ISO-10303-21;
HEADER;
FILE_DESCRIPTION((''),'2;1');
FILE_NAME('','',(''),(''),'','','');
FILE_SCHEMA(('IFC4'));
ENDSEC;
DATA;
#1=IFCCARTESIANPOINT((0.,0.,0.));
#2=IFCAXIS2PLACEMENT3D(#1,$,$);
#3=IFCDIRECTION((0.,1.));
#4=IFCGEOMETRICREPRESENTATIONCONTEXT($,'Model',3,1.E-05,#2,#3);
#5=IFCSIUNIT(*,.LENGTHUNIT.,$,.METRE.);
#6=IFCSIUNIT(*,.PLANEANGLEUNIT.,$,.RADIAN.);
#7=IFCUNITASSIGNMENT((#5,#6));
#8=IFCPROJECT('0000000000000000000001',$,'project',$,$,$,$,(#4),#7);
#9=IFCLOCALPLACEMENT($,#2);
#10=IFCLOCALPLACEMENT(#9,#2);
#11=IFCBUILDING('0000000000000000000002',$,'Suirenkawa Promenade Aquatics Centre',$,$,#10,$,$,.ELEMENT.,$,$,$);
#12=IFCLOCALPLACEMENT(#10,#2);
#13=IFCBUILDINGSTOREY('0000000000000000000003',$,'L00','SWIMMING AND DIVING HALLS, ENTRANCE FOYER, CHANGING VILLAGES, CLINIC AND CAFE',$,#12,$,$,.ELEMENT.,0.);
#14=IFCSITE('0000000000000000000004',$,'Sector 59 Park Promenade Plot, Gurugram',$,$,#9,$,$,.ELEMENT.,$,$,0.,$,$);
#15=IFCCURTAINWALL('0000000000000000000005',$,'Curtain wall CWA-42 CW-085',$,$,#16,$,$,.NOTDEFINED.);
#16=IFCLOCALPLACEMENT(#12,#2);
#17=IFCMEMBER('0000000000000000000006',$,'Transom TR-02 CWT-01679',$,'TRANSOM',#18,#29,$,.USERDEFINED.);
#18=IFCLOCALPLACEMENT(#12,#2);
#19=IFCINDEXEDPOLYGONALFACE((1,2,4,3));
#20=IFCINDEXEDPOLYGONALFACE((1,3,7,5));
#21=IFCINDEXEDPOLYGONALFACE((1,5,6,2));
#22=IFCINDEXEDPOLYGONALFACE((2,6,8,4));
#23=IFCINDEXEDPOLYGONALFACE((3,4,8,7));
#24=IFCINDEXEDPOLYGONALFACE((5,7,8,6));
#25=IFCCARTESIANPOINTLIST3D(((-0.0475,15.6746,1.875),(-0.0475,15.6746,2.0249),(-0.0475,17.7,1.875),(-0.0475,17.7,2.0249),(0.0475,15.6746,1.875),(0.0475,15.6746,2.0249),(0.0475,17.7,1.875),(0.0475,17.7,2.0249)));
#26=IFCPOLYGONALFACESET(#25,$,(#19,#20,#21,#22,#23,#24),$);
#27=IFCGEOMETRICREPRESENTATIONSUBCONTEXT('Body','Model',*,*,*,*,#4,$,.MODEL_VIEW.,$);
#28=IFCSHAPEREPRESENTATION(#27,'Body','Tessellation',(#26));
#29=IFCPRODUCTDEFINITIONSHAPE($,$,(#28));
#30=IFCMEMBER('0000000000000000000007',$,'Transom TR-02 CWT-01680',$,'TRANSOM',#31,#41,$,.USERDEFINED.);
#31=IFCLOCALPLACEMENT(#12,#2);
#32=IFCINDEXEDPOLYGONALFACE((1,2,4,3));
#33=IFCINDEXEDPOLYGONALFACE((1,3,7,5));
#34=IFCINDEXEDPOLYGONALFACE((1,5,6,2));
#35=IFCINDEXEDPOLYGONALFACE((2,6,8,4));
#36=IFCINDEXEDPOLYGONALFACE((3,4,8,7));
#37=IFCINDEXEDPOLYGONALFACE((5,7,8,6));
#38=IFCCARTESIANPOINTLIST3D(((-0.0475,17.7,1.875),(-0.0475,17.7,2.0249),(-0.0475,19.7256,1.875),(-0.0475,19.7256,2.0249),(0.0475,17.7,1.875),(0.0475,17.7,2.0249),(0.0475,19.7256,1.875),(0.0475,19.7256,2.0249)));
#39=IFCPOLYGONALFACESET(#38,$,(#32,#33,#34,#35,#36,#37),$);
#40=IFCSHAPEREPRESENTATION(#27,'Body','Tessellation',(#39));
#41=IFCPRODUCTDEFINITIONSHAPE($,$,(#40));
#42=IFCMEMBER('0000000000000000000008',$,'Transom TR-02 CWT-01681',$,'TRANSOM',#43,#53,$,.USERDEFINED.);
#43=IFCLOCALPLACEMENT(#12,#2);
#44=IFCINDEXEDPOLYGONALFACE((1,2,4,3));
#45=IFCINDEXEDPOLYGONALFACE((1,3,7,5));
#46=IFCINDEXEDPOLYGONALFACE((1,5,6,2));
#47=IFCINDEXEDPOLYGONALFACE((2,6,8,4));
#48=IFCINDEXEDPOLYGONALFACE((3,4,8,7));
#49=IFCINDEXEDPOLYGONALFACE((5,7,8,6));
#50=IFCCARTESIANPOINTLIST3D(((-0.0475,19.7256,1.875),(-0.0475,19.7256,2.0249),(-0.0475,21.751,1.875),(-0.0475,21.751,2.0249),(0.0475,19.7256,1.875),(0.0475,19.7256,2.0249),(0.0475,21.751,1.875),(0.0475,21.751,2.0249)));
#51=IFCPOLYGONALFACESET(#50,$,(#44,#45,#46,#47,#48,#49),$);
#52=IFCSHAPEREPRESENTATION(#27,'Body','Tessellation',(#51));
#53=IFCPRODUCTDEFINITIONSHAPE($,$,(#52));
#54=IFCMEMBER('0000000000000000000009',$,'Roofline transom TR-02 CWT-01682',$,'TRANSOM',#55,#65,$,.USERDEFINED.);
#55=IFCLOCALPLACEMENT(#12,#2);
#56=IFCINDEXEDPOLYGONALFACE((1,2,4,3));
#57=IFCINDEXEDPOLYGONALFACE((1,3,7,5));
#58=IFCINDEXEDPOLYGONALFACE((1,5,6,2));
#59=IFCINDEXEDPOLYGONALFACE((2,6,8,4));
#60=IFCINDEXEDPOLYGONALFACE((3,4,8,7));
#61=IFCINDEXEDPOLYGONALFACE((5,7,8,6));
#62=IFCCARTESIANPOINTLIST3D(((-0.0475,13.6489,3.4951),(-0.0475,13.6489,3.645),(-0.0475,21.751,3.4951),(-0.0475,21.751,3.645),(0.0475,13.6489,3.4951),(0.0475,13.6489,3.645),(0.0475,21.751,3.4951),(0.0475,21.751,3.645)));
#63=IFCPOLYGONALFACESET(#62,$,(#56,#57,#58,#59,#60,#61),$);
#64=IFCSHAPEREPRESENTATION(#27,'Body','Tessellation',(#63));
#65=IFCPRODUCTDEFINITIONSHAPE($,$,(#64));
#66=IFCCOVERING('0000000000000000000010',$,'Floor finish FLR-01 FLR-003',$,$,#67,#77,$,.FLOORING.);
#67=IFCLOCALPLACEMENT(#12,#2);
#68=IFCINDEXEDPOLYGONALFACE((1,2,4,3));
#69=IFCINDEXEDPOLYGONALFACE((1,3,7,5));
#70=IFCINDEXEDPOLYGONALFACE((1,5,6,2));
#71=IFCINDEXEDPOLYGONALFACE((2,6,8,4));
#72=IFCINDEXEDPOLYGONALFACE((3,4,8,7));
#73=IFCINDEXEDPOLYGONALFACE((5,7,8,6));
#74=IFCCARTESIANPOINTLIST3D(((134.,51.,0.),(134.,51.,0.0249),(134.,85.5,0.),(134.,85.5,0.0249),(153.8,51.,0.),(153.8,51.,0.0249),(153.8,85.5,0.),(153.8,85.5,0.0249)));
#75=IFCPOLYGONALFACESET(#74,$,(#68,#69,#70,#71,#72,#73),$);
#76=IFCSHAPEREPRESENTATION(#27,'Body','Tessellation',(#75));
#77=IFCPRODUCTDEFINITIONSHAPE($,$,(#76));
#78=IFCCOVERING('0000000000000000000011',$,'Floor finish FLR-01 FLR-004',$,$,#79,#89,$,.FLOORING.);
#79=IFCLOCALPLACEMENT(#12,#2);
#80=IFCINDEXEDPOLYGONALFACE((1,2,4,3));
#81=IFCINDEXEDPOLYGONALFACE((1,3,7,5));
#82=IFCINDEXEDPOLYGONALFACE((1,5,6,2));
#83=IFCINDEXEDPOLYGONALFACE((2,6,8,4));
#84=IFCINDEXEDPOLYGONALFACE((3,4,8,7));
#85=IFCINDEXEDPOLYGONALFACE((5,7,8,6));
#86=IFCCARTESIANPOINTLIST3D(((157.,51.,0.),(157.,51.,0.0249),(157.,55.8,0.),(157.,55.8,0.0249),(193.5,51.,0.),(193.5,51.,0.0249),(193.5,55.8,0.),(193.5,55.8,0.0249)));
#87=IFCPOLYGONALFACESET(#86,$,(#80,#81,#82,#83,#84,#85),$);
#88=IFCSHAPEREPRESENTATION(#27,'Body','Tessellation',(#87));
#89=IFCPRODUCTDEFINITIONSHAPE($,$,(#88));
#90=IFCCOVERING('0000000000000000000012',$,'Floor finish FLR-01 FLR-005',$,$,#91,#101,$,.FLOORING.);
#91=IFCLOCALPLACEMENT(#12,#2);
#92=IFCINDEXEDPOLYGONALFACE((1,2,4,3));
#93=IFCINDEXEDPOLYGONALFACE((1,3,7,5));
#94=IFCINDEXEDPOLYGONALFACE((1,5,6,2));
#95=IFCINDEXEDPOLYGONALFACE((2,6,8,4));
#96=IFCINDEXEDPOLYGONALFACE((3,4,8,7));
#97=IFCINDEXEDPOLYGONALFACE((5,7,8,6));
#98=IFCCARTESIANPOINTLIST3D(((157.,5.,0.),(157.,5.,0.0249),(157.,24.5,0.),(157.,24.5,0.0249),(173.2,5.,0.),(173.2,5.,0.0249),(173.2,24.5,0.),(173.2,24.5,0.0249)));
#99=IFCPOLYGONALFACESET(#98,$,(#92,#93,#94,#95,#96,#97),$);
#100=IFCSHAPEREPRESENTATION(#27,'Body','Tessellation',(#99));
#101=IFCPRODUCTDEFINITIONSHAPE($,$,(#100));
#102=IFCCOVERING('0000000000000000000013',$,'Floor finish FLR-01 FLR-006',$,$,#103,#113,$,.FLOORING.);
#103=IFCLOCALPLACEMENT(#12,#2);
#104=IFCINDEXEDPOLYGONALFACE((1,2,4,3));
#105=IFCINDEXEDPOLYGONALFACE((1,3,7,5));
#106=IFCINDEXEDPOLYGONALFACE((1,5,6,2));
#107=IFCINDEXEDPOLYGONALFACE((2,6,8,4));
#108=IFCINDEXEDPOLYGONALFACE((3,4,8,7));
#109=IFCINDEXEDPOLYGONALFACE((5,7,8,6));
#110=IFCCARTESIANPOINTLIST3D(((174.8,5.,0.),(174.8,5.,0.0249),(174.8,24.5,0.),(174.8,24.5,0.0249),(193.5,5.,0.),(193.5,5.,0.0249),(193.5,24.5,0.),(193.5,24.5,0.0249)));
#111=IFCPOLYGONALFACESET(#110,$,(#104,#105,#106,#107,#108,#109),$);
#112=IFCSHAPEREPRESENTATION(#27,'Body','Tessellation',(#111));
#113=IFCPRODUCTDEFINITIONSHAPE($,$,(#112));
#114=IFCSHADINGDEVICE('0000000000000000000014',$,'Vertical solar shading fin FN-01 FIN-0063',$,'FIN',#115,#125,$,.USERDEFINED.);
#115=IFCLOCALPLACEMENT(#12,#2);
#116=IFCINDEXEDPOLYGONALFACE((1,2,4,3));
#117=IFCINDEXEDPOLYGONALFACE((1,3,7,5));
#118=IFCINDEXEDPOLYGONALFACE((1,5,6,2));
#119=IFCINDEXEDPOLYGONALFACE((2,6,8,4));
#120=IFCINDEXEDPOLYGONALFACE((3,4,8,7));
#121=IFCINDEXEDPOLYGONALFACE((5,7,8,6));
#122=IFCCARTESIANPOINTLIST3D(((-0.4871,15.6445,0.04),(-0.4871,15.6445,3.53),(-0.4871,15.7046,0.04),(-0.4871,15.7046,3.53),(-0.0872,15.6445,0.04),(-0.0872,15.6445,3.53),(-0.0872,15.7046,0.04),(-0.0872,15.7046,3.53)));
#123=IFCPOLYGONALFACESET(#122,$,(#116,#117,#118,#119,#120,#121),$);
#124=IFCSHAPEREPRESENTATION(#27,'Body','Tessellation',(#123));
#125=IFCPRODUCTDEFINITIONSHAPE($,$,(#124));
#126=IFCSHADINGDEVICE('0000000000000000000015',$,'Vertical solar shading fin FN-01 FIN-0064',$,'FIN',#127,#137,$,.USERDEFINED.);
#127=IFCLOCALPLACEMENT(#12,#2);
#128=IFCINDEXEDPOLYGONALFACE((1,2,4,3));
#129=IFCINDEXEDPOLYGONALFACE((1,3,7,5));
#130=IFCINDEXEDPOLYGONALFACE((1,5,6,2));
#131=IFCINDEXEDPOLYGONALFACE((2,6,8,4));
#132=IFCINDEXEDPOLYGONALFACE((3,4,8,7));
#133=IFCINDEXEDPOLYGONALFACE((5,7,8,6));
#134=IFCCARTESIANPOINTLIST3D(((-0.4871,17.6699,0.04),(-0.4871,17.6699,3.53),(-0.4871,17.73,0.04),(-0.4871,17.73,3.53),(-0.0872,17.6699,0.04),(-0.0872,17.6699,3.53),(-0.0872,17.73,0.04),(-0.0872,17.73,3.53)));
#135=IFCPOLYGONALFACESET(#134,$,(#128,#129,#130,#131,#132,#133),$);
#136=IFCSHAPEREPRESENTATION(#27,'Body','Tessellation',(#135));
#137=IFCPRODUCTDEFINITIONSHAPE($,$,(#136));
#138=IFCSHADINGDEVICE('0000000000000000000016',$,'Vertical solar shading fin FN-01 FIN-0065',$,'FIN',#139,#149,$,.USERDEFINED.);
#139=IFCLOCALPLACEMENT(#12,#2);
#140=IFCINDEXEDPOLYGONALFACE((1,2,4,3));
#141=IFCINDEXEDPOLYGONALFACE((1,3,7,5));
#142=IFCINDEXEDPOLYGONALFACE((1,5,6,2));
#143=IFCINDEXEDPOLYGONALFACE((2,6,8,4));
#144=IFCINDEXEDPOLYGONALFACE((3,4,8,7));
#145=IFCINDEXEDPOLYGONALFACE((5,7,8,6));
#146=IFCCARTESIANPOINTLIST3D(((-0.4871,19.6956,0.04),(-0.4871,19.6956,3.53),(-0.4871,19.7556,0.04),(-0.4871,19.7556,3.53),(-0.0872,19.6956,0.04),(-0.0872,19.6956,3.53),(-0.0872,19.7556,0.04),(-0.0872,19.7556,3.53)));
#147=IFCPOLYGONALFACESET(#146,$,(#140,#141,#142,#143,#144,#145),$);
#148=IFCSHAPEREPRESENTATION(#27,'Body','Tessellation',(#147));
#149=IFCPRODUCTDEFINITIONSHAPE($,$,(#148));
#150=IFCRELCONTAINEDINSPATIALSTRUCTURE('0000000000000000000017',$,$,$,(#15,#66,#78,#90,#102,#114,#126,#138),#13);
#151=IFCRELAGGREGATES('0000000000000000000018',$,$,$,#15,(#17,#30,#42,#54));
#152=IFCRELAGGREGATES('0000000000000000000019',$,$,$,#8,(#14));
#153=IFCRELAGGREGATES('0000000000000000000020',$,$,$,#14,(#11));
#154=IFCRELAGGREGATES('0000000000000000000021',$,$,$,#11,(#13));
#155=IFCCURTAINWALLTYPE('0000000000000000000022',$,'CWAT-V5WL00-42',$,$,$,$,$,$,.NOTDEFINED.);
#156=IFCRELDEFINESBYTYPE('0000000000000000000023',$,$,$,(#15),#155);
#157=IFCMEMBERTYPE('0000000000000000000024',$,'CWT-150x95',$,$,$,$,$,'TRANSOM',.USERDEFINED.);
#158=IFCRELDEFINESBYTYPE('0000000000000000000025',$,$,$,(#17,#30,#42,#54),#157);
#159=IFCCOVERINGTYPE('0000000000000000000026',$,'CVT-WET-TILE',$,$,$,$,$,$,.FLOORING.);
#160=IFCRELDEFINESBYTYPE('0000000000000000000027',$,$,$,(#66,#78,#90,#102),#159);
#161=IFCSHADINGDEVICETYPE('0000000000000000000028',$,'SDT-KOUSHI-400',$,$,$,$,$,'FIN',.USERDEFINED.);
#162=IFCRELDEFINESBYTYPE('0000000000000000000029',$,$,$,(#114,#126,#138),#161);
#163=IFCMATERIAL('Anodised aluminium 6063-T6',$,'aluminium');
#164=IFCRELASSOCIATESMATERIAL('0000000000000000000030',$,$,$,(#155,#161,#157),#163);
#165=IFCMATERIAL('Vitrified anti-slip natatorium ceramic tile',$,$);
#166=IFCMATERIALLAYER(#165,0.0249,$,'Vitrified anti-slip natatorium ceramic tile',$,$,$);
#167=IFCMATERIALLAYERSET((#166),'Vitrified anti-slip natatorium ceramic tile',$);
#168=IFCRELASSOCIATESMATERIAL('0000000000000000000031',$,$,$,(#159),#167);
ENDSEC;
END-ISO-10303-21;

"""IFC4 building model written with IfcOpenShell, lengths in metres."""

from ifc_helpers import new_model, si_unit, direction, frame, origin, origin_2d, place, context, subcontext, project, spatial, polyline, rectangle, outline, extrude, material, layer, layer_set, material_profile, profile_set, type_object, element, aggregate, save


model = new_model("IFC4")

# Units and contexts
model_context = context("Model", 3, precision=1e-05, world=origin(), true_north=direction((0.0, 1.0)))
body_context = subcontext(model_context, "Body", "Model", "MODEL_VIEW")
ifc_project = project(units=[si_unit("LENGTHUNIT", "METRE"), si_unit("PLANEANGLEUNIT", "RADIAN")], contexts=[model_context])

# Site, building, storey
site_placement = place(None, origin())
site = spatial("IfcSite", under=ifc_project, at=site_placement, Name="Sector 59 Park Promenade Plot, Gurugram", CompositionType="ELEMENT", RefElevation=0.0)
building_placement = place(site_placement, origin())
building = spatial("IfcBuilding", under=site, at=building_placement, Name="Suirenkawa Promenade Aquatics Centre", CompositionType="ELEMENT")
storey_placement = place(building_placement, origin())
storey = spatial("IfcBuildingStorey", under=building, at=storey_placement, Name="L00", Description="SWIMMING AND DIVING HALLS, ENTRANCE FOYER, CHANGING VILLAGES, CLINIC AND CAFE", CompositionType="ELEMENT", Elevation=0.0)

# Curtain wall, members
ifc_material_1 = material(Name="Anodised aluminium 6063-T6", Category="aluminium")
curtain_wall_type = type_object("IfcCurtainWallType", Name="CWAT-V5WL00-42", PredefinedType="NOTDEFINED", material=ifc_material_1)
curtain_wall_placement = place(storey_placement, origin())
curtain_wall = element("IfcCurtainWall", 1, at=curtain_wall_placement, inside=storey, type_object=curtain_wall_type, Name="Curtain wall CWA-42 CW-085", PredefinedType="NOTDEFINED")
ifc_material_profile_1 = material_profile(ifc_material_1, rectangle(XDim=0.095, YDim=0.1499, at=origin_2d()), Name="ALU TRAN 95x150", Category="aluminium")
ifc_profile_set_1 = profile_set([ifc_material_profile_1], Name="Anodised aluminium 6063-T6")
member_type_1 = type_object("IfcMemberType", Name="CWT-150x95", ElementType="TRANSOM", PredefinedType="USERDEFINED", material=ifc_profile_set_1)
member_1_placement = place(storey_placement, frame((0.0, 15.6746, 1.95), z_axis=(0.0, 1.0, 0.0), x_axis=(-1.0, 0.0, 0.0)))
member_1 = element("IfcMember", 2, at=member_1_placement, type_object=member_type_1, Name="Transom TR-02 CWT-01679", ObjectType="TRANSOM", PredefinedType="USERDEFINED", context=body_context, shape_type="SweptSolid", body=[
    extrude(rectangle(XDim=0.095, YDim=0.1499, at=origin_2d()), origin(), (0.0, 0.0, 1.0), 2.0254),
])
member_2_placement = place(storey_placement, frame((0.0, 17.7, 1.95), z_axis=(0.0, 1.0, 0.0), x_axis=(-1.0, 0.0, 0.0)))
member_2 = element("IfcMember", 3, at=member_2_placement, type_object=member_type_1, Name="Transom TR-02 CWT-01680", ObjectType="TRANSOM", PredefinedType="USERDEFINED", context=body_context, shape_type="SweptSolid", body=[
    extrude(rectangle(XDim=0.095, YDim=0.1499, at=origin_2d()), origin(), (0.0, 0.0, 1.0), 2.0256),
])
member_3_placement = place(storey_placement, frame((0.0, 19.7256, 1.95), z_axis=(0.0, 1.0, 0.0), x_axis=(-1.0, 0.0, 0.0)))
member_3 = element("IfcMember", 4, at=member_3_placement, type_object=member_type_1, Name="Transom TR-02 CWT-01681", ObjectType="TRANSOM", PredefinedType="USERDEFINED", context=body_context, shape_type="SweptSolid", body=[
    extrude(rectangle(XDim=0.095, YDim=0.1499, at=origin_2d()), origin(), (0.0, 0.0, 1.0), 2.0254),
])
member_4_placement = place(storey_placement, frame((0.0, 13.6489, 3.5701), z_axis=(0.0, 1.0, 0.0), x_axis=(-1.0, 0.0, 0.0)))
member_4 = element("IfcMember", 5, at=member_4_placement, type_object=member_type_1, Name="Roofline transom TR-02 CWT-01682", ObjectType="TRANSOM", PredefinedType="USERDEFINED", context=body_context, shape_type="SweptSolid", body=[
    extrude(rectangle(XDim=0.095, YDim=0.1499, at=origin_2d()), origin(), (0.0, 0.0, 1.0), 8.1021),
])
aggregate(curtain_wall, [member_1, member_2, member_3, member_4])

# Coverings
ifc_material_2 = material(Name="Vitrified anti-slip natatorium ceramic tile")
ifc_layer_1 = layer(ifc_material_2, 0.0249, Name="Vitrified anti-slip natatorium ceramic tile")
ifc_layer_set_1 = layer_set([ifc_layer_1], Name="Vitrified anti-slip natatorium ceramic tile")
covering_type = type_object("IfcCoveringType", Name="CVT-WET-TILE", PredefinedType="FLOORING", material=ifc_layer_set_1)
covering_1_placement = place(storey_placement, origin())
element("IfcCovering", 6, at=covering_1_placement, inside=storey, type_object=covering_type, Name="Floor finish FLR-01 FLR-003", PredefinedType="FLOORING", context=body_context, shape_type="SweptSolid", body=[
    extrude(outline(polyline([(134.0, 51.0), (153.8, 51.0), (153.8, 85.5), (134.0, 85.5), (134.0, 51.0)])), origin(), (0.0, 0.0, 1.0), 0.0249),
])
covering_2_placement = place(storey_placement, origin())
element("IfcCovering", 7, at=covering_2_placement, inside=storey, type_object=covering_type, Name="Floor finish FLR-01 FLR-004", PredefinedType="FLOORING", context=body_context, shape_type="SweptSolid", body=[
    extrude(outline(polyline([(157.0, 51.0), (193.5, 51.0), (193.5, 55.8), (157.0, 55.8), (157.0, 51.0)])), origin(), (0.0, 0.0, 1.0), 0.0249),
])
covering_3_placement = place(storey_placement, origin())
element("IfcCovering", 8, at=covering_3_placement, inside=storey, type_object=covering_type, Name="Floor finish FLR-01 FLR-005", PredefinedType="FLOORING", context=body_context, shape_type="SweptSolid", body=[
    extrude(outline(polyline([(157.0, 5.0), (173.2, 5.0), (173.2, 24.5), (157.0, 24.5), (157.0, 5.0)])), origin(), (0.0, 0.0, 1.0), 0.0249),
])
covering_4_placement = place(storey_placement, origin())
element("IfcCovering", 9, at=covering_4_placement, inside=storey, type_object=covering_type, Name="Floor finish FLR-01 FLR-006", PredefinedType="FLOORING", context=body_context, shape_type="SweptSolid", body=[
    extrude(outline(polyline([(174.8, 5.0), (193.5, 5.0), (193.5, 24.5), (174.8, 24.5), (174.8, 5.0)])), origin(), (0.0, 0.0, 1.0), 0.0249),
])

# Shading devices
shading_device_type = type_object("IfcShadingDeviceType", Name="SDT-KOUSHI-400", ElementType="FIN", PredefinedType="USERDEFINED", material=ifc_material_1)
for number, where, z_axis, x_axis, name in (
    (10, (-0.2871, 15.6746, 0.04), (0.0, 0.0, 1.0), (-1.0, 0.0, 0.0), "Vertical solar shading fin FN-01 FIN-0063"),
    (11, (-0.2871, 17.7, 0.04), (0.0, 0.0, 1.0), (-1.0, 0.0, 0.0), "Vertical solar shading fin FN-01 FIN-0064"),
    (12, (-0.2871, 19.7256, 0.04), (0.0, 0.0, 1.0), (-1.0, 0.0, 0.0), "Vertical solar shading fin FN-01 FIN-0065"),
):
    element("IfcShadingDevice", number, at=place(storey_placement, frame(where, z_axis=z_axis, x_axis=x_axis)), inside=storey, type_object=shading_device_type, Name=name, ObjectType="FIN", PredefinedType="USERDEFINED", context=body_context, shape_type="SweptSolid", body=[
        extrude(rectangle(XDim=0.3999, YDim=0.0601, at=origin_2d()), origin(), (0.0, 0.0, 1.0), 3.49),
    ])

save(model, "model.ifc")
